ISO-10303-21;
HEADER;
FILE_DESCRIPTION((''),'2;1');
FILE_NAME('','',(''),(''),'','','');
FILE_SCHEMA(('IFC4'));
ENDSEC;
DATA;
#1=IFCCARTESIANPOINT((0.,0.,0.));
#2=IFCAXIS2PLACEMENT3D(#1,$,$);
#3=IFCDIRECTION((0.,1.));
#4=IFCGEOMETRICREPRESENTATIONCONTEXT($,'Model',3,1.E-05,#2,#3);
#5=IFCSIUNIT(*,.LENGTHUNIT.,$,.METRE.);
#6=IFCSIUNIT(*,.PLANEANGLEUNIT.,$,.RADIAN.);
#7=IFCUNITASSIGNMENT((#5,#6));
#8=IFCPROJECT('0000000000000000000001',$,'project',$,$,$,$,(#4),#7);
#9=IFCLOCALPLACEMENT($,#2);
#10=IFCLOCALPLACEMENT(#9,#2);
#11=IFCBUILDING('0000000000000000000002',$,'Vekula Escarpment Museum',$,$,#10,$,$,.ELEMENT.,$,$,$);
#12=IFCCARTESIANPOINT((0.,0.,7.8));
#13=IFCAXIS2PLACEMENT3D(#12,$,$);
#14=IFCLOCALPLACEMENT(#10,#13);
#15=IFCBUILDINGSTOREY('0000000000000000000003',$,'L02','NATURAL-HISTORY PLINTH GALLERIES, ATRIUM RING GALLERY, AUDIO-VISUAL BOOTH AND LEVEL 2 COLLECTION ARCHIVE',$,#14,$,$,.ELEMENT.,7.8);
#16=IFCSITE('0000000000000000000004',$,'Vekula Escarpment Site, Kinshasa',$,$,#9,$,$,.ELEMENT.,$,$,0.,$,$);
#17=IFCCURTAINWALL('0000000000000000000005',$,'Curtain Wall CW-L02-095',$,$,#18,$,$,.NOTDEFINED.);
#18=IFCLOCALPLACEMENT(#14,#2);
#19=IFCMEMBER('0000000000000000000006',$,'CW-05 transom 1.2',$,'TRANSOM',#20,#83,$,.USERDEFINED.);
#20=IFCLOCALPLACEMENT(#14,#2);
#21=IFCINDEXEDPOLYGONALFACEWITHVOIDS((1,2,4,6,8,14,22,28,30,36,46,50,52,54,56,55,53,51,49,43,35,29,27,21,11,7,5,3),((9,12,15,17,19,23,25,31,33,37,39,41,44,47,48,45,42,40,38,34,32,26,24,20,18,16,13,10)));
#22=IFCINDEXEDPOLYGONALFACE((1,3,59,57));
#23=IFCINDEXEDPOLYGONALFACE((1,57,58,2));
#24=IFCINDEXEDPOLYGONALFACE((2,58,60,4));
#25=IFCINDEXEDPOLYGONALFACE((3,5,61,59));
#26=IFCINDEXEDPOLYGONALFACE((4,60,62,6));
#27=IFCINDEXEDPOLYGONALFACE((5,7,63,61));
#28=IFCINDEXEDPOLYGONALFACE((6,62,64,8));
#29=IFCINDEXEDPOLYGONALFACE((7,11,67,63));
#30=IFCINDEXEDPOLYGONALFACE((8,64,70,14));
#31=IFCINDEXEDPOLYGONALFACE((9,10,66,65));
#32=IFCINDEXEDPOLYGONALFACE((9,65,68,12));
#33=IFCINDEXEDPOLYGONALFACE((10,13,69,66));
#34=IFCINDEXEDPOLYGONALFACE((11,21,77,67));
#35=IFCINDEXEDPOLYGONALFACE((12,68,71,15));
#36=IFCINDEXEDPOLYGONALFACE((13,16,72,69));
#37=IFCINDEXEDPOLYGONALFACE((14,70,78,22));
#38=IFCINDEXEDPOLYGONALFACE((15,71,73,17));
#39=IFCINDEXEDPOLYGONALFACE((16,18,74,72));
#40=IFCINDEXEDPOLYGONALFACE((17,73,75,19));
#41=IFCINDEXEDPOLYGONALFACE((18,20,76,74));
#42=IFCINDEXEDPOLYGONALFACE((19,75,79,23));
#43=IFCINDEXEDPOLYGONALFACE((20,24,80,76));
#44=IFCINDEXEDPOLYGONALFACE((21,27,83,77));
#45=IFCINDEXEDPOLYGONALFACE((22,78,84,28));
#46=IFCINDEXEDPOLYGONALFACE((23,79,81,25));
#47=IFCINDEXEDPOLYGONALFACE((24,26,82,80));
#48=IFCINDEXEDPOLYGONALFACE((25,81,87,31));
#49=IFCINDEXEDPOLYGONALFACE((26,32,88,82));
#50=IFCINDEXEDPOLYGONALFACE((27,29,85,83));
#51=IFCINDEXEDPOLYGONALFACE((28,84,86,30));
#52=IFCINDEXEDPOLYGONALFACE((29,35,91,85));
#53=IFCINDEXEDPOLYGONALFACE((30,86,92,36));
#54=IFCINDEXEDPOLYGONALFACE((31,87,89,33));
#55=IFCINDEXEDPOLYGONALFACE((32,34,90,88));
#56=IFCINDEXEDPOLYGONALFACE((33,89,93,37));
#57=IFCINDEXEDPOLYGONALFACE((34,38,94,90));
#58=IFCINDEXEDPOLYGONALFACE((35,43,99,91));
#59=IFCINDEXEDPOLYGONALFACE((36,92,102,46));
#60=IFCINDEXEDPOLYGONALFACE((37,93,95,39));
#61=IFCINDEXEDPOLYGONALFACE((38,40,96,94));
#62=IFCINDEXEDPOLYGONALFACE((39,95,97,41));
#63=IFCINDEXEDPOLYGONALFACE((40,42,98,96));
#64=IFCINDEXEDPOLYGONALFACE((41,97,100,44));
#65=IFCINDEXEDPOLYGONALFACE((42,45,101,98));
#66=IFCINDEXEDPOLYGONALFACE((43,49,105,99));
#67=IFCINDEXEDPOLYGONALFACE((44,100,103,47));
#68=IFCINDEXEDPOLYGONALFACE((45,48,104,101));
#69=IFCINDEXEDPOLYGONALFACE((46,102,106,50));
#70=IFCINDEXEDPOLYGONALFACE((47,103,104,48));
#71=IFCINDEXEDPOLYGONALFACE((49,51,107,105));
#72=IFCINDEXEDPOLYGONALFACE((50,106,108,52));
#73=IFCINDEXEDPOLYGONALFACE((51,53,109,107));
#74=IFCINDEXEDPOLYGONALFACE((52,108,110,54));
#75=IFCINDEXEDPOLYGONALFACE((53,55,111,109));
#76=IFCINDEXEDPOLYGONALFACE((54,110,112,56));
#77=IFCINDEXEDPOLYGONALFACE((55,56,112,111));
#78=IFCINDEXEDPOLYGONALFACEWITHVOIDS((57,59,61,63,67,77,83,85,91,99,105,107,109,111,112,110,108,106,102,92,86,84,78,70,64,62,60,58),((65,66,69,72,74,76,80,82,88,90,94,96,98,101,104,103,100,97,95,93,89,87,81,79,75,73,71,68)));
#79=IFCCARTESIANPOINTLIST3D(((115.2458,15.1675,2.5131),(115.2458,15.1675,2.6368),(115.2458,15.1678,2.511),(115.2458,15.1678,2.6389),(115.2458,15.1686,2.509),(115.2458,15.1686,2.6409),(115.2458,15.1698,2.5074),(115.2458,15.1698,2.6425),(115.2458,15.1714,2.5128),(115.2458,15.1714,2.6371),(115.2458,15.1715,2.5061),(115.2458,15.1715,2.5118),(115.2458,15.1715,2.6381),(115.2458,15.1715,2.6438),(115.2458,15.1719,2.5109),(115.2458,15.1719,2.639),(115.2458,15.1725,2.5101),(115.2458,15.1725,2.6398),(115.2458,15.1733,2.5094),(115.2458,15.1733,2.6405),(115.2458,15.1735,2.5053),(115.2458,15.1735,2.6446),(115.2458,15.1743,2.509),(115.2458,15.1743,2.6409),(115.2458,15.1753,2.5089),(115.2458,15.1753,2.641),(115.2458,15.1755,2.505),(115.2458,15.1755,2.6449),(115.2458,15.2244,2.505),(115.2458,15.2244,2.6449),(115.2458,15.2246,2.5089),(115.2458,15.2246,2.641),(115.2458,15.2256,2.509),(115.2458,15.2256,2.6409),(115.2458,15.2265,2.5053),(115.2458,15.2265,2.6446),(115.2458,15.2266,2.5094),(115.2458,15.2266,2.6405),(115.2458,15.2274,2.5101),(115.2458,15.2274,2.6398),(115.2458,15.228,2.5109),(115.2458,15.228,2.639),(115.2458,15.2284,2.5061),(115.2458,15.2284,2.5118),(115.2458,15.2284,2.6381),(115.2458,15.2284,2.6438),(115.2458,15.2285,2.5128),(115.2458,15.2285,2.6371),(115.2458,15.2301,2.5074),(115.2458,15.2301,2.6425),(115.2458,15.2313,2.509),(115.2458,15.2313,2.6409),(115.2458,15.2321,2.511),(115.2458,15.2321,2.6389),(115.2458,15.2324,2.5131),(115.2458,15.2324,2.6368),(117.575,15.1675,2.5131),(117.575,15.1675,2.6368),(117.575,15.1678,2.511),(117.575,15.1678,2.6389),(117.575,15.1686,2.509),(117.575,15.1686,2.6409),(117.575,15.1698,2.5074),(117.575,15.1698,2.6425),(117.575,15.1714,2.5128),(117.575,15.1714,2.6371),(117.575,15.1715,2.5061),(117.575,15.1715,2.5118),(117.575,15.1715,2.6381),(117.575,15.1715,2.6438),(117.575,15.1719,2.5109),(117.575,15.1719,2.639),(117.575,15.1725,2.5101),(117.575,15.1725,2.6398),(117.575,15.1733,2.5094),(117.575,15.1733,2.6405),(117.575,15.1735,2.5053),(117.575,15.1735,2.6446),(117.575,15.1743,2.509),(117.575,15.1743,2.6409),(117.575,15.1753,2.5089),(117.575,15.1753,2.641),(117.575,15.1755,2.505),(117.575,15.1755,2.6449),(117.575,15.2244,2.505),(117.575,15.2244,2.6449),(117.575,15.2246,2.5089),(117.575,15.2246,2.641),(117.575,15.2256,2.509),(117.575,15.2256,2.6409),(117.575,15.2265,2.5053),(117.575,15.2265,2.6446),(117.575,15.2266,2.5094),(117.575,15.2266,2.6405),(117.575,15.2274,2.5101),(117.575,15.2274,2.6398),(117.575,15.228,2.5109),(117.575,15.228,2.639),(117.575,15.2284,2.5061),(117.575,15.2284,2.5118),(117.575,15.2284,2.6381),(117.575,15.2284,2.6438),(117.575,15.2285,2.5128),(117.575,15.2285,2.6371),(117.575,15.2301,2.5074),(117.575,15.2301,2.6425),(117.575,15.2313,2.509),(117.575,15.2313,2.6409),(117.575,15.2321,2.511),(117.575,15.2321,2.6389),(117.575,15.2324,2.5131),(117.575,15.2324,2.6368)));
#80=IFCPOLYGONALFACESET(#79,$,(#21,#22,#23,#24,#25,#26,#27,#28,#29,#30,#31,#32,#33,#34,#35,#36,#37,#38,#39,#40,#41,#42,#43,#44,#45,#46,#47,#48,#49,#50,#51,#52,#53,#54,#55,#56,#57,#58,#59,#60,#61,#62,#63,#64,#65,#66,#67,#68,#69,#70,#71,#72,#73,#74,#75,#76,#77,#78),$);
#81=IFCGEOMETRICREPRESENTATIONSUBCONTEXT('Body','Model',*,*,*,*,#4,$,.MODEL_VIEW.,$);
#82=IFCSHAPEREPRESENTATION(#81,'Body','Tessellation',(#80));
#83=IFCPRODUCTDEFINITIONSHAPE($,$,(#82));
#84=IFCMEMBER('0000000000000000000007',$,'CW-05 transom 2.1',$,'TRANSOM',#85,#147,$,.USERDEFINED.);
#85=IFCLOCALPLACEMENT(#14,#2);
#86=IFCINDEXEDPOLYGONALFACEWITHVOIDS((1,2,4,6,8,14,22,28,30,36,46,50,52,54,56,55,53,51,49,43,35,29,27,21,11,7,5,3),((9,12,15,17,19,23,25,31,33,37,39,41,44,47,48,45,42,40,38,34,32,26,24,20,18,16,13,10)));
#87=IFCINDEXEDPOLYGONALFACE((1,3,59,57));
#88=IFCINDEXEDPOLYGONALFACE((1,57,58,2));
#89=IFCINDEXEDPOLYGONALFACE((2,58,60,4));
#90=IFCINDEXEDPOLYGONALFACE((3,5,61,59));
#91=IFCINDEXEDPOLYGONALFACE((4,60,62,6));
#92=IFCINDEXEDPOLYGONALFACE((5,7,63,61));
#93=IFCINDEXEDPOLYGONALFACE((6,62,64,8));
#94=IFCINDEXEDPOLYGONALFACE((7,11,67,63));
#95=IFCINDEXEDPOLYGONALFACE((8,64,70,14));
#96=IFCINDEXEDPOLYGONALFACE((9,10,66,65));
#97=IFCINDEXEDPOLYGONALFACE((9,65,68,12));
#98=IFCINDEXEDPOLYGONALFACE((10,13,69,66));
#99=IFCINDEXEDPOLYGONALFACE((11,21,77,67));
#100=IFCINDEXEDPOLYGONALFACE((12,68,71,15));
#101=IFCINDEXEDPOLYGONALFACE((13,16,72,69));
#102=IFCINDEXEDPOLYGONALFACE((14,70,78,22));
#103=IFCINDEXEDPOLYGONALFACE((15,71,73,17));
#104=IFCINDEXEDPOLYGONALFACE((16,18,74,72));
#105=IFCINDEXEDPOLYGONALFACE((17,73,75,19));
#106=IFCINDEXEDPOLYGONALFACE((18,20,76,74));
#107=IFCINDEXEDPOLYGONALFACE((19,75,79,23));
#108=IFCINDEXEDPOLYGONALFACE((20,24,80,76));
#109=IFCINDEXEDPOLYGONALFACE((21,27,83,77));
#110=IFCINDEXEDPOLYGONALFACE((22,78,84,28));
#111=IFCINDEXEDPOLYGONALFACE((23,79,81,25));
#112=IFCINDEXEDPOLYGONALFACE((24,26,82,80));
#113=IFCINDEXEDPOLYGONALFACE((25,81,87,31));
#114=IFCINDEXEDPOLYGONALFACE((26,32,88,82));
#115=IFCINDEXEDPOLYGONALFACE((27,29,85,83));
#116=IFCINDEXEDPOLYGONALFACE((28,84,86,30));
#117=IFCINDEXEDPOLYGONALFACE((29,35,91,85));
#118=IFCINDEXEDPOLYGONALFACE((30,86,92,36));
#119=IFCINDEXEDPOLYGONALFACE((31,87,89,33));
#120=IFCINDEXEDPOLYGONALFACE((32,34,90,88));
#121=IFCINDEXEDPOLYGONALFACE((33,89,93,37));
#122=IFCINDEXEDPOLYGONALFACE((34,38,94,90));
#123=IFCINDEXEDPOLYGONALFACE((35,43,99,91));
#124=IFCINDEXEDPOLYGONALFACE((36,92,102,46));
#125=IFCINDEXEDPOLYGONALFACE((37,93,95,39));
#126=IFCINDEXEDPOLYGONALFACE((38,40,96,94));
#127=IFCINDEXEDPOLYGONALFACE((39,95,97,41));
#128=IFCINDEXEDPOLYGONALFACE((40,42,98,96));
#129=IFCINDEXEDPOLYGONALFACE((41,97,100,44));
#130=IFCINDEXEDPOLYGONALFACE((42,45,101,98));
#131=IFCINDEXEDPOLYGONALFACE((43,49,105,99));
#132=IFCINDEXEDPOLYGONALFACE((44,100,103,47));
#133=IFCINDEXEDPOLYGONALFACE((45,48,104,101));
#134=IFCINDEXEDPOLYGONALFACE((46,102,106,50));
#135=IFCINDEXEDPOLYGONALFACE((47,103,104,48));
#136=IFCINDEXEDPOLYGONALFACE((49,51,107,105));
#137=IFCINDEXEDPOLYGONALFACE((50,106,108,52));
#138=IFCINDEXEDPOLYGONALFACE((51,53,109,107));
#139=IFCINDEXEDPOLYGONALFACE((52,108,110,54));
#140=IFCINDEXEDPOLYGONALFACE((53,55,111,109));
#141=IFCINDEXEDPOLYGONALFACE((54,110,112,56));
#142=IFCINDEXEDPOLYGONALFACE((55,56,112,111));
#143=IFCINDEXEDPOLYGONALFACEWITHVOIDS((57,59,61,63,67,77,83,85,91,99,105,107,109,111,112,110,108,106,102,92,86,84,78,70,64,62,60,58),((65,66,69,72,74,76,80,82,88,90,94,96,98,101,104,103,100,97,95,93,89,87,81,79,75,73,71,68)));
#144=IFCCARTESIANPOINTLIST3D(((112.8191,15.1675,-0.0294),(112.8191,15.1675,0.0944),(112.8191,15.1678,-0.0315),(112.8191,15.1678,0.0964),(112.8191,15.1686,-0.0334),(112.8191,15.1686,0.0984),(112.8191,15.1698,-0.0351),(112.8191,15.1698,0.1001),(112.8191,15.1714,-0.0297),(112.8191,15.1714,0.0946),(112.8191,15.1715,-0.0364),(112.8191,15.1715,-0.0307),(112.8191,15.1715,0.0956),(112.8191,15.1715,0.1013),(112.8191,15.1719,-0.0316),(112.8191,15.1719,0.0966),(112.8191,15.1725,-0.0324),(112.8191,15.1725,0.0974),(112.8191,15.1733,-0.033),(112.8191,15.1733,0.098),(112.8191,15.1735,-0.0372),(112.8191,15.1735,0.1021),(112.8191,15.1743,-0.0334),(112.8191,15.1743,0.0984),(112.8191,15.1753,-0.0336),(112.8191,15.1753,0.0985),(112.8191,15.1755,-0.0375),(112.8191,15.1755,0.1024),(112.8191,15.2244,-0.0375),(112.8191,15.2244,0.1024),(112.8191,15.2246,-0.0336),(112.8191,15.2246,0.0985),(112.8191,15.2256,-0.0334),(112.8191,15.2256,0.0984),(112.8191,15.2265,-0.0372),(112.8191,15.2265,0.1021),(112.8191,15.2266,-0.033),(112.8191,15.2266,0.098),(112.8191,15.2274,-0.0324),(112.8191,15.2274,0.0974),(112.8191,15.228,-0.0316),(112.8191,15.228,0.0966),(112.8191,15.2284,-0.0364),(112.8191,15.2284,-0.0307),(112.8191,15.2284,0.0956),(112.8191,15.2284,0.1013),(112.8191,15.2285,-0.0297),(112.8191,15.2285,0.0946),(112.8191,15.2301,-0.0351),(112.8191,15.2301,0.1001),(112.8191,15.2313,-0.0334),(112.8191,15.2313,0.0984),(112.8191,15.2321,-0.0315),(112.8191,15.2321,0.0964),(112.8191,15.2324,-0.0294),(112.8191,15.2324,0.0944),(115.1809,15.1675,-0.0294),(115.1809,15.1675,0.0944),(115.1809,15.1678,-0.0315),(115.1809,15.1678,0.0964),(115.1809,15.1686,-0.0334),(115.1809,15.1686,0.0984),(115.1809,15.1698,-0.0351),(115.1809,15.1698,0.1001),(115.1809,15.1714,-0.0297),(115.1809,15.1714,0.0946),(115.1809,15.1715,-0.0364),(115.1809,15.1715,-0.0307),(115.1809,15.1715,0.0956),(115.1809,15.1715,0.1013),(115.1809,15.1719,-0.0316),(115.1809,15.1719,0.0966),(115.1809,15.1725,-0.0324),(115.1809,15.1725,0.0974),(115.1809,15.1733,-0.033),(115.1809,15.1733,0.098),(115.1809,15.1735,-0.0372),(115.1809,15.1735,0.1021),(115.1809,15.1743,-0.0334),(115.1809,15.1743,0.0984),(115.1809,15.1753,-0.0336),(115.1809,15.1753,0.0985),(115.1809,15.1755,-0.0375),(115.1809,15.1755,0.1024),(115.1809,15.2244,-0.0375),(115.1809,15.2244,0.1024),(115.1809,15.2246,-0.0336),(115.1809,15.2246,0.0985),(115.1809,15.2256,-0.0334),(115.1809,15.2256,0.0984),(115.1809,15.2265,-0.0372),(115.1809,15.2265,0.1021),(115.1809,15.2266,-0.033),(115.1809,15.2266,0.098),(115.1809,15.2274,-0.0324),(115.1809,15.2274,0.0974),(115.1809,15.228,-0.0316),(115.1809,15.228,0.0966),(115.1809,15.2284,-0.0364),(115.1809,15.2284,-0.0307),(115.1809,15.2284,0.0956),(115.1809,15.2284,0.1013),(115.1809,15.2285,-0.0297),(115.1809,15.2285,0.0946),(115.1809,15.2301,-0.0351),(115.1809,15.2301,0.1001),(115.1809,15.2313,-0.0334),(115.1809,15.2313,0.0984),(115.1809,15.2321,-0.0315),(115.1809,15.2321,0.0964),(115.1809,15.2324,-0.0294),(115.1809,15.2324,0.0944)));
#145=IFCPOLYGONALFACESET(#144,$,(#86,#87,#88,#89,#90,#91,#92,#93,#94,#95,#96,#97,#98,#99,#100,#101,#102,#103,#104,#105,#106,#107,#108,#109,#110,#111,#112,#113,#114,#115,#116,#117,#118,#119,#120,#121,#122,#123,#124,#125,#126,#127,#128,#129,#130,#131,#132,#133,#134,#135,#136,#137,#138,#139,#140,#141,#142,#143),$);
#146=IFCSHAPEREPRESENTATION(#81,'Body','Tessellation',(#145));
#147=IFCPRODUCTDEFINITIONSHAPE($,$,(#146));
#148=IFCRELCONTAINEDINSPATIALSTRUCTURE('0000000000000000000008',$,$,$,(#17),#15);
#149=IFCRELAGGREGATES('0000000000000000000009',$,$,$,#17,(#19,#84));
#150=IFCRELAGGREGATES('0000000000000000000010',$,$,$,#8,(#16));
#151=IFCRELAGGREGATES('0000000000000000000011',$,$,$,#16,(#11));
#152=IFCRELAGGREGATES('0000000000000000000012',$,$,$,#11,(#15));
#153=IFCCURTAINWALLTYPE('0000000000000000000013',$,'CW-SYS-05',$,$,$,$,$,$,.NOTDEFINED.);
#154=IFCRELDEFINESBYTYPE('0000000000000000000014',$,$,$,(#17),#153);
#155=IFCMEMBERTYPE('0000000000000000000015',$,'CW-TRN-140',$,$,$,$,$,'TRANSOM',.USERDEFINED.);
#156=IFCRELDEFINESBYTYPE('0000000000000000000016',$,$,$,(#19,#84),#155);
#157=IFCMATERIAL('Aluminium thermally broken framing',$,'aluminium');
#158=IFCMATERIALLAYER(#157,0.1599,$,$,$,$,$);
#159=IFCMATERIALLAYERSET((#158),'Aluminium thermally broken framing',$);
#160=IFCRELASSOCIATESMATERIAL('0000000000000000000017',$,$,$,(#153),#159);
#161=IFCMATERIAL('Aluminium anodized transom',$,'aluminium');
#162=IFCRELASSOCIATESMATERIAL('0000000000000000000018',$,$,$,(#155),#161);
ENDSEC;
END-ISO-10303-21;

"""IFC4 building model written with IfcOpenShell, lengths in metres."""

from ifc_helpers import new_model, si_unit, direction, frame, origin, origin_2d, place, context, subcontext, project, spatial, hollow_rectangle, extrude, material, layer, layer_set, material_profile, profile_set, type_object, element, aggregate, save


model = new_model("IFC4")

# Units and contexts
model_context = context("Model", 3, precision=1e-05, world=origin(), true_north=direction((0.0, 1.0)))
body_context = subcontext(model_context, "Body", "Model", "MODEL_VIEW")
ifc_project = project(units=[si_unit("LENGTHUNIT", "METRE"), si_unit("PLANEANGLEUNIT", "RADIAN")], contexts=[model_context])

# Site, building, storey
site_placement = place(None, origin())
site = spatial("IfcSite", under=ifc_project, at=site_placement, Name="Vekula Escarpment Site, Kinshasa", CompositionType="ELEMENT", RefElevation=0.0)
building_placement = place(site_placement, origin())
building = spatial("IfcBuilding", under=site, at=building_placement, Name="Vekula Escarpment Museum", CompositionType="ELEMENT")
storey_placement = place(building_placement, frame((0.0, 0.0, 7.8)))
storey = spatial("IfcBuildingStorey", under=building, at=storey_placement, Name="L02", Description="NATURAL-HISTORY PLINTH GALLERIES, ATRIUM RING GALLERY, AUDIO-VISUAL BOOTH AND LEVEL 2 COLLECTION ARCHIVE", CompositionType="ELEMENT", Elevation=7.8)

# Curtain wall
ifc_material_1 = material(Name="Aluminium thermally broken framing", Category="aluminium")
ifc_layer_1 = layer(ifc_material_1, 0.1599)
ifc_layer_set_1 = layer_set([ifc_layer_1], Name="Aluminium thermally broken framing")
curtain_wall_type_1 = type_object("IfcCurtainWallType", Name="CW-SYS-05", PredefinedType="NOTDEFINED", material=ifc_layer_set_1)
curtain_wall_1_placement = place(storey_placement, origin())
curtain_wall_1 = element("IfcCurtainWall", 1, at=curtain_wall_1_placement, inside=storey, type_object=curtain_wall_type_1, Name="Curtain Wall CW-L02-095", PredefinedType="NOTDEFINED")

# Members
ifc_material_2 = material(Name="Aluminium anodized transom", Category="aluminium")
ifc_material_profile_1 = material_profile(ifc_material_2, hollow_rectangle(XDim=0.0649, YDim=0.1399, WallThickness=0.0039, InnerFilletRadius=0.0039, OuterFilletRadius=0.0081, at=origin_2d()), Name="ALU 140x65x4")
ifc_profile_set_1 = profile_set([ifc_material_profile_1], Name="Aluminium anodized transom")
member_type_1 = type_object("IfcMemberType", Name="CW-TRN-140", ElementType="TRANSOM", PredefinedType="USERDEFINED", material=ifc_profile_set_1)
member_1_placement = place(storey_placement, frame((117.575, 15.2, 2.575), z_axis=(-1.0, 0.0, 0.0), x_axis=(0.0, -1.0, 0.0)))
member_1 = element("IfcMember", 2, at=member_1_placement, type_object=member_type_1, Name="CW-05 transom 1.2", ObjectType="TRANSOM", PredefinedType="USERDEFINED", context=body_context, shape_type="SweptSolid", body=[
    extrude(hollow_rectangle(XDim=0.0649, YDim=0.1399, WallThickness=0.0039, InnerFilletRadius=0.0039, OuterFilletRadius=0.0081, at=origin_2d()), origin(), (0.0, 0.0, 1.0), 2.3291),
])
member_2_placement = place(storey_placement, frame((115.1809, 15.2, 0.0325), z_axis=(-1.0, 0.0, 0.0), x_axis=(0.0, -1.0, 0.0)))
member_2 = element("IfcMember", 3, at=member_2_placement, type_object=member_type_1, Name="CW-05 transom 2.1", ObjectType="TRANSOM", PredefinedType="USERDEFINED", context=body_context, shape_type="SweptSolid", body=[
    extrude(hollow_rectangle(XDim=0.0649, YDim=0.1399, WallThickness=0.0039, InnerFilletRadius=0.0039, OuterFilletRadius=0.0081, at=origin_2d()), origin(), (0.0, 0.0, 1.0), 2.3618),
])

aggregate(curtain_wall_1, [member_1, member_2])

save(model, "model.ifc")
